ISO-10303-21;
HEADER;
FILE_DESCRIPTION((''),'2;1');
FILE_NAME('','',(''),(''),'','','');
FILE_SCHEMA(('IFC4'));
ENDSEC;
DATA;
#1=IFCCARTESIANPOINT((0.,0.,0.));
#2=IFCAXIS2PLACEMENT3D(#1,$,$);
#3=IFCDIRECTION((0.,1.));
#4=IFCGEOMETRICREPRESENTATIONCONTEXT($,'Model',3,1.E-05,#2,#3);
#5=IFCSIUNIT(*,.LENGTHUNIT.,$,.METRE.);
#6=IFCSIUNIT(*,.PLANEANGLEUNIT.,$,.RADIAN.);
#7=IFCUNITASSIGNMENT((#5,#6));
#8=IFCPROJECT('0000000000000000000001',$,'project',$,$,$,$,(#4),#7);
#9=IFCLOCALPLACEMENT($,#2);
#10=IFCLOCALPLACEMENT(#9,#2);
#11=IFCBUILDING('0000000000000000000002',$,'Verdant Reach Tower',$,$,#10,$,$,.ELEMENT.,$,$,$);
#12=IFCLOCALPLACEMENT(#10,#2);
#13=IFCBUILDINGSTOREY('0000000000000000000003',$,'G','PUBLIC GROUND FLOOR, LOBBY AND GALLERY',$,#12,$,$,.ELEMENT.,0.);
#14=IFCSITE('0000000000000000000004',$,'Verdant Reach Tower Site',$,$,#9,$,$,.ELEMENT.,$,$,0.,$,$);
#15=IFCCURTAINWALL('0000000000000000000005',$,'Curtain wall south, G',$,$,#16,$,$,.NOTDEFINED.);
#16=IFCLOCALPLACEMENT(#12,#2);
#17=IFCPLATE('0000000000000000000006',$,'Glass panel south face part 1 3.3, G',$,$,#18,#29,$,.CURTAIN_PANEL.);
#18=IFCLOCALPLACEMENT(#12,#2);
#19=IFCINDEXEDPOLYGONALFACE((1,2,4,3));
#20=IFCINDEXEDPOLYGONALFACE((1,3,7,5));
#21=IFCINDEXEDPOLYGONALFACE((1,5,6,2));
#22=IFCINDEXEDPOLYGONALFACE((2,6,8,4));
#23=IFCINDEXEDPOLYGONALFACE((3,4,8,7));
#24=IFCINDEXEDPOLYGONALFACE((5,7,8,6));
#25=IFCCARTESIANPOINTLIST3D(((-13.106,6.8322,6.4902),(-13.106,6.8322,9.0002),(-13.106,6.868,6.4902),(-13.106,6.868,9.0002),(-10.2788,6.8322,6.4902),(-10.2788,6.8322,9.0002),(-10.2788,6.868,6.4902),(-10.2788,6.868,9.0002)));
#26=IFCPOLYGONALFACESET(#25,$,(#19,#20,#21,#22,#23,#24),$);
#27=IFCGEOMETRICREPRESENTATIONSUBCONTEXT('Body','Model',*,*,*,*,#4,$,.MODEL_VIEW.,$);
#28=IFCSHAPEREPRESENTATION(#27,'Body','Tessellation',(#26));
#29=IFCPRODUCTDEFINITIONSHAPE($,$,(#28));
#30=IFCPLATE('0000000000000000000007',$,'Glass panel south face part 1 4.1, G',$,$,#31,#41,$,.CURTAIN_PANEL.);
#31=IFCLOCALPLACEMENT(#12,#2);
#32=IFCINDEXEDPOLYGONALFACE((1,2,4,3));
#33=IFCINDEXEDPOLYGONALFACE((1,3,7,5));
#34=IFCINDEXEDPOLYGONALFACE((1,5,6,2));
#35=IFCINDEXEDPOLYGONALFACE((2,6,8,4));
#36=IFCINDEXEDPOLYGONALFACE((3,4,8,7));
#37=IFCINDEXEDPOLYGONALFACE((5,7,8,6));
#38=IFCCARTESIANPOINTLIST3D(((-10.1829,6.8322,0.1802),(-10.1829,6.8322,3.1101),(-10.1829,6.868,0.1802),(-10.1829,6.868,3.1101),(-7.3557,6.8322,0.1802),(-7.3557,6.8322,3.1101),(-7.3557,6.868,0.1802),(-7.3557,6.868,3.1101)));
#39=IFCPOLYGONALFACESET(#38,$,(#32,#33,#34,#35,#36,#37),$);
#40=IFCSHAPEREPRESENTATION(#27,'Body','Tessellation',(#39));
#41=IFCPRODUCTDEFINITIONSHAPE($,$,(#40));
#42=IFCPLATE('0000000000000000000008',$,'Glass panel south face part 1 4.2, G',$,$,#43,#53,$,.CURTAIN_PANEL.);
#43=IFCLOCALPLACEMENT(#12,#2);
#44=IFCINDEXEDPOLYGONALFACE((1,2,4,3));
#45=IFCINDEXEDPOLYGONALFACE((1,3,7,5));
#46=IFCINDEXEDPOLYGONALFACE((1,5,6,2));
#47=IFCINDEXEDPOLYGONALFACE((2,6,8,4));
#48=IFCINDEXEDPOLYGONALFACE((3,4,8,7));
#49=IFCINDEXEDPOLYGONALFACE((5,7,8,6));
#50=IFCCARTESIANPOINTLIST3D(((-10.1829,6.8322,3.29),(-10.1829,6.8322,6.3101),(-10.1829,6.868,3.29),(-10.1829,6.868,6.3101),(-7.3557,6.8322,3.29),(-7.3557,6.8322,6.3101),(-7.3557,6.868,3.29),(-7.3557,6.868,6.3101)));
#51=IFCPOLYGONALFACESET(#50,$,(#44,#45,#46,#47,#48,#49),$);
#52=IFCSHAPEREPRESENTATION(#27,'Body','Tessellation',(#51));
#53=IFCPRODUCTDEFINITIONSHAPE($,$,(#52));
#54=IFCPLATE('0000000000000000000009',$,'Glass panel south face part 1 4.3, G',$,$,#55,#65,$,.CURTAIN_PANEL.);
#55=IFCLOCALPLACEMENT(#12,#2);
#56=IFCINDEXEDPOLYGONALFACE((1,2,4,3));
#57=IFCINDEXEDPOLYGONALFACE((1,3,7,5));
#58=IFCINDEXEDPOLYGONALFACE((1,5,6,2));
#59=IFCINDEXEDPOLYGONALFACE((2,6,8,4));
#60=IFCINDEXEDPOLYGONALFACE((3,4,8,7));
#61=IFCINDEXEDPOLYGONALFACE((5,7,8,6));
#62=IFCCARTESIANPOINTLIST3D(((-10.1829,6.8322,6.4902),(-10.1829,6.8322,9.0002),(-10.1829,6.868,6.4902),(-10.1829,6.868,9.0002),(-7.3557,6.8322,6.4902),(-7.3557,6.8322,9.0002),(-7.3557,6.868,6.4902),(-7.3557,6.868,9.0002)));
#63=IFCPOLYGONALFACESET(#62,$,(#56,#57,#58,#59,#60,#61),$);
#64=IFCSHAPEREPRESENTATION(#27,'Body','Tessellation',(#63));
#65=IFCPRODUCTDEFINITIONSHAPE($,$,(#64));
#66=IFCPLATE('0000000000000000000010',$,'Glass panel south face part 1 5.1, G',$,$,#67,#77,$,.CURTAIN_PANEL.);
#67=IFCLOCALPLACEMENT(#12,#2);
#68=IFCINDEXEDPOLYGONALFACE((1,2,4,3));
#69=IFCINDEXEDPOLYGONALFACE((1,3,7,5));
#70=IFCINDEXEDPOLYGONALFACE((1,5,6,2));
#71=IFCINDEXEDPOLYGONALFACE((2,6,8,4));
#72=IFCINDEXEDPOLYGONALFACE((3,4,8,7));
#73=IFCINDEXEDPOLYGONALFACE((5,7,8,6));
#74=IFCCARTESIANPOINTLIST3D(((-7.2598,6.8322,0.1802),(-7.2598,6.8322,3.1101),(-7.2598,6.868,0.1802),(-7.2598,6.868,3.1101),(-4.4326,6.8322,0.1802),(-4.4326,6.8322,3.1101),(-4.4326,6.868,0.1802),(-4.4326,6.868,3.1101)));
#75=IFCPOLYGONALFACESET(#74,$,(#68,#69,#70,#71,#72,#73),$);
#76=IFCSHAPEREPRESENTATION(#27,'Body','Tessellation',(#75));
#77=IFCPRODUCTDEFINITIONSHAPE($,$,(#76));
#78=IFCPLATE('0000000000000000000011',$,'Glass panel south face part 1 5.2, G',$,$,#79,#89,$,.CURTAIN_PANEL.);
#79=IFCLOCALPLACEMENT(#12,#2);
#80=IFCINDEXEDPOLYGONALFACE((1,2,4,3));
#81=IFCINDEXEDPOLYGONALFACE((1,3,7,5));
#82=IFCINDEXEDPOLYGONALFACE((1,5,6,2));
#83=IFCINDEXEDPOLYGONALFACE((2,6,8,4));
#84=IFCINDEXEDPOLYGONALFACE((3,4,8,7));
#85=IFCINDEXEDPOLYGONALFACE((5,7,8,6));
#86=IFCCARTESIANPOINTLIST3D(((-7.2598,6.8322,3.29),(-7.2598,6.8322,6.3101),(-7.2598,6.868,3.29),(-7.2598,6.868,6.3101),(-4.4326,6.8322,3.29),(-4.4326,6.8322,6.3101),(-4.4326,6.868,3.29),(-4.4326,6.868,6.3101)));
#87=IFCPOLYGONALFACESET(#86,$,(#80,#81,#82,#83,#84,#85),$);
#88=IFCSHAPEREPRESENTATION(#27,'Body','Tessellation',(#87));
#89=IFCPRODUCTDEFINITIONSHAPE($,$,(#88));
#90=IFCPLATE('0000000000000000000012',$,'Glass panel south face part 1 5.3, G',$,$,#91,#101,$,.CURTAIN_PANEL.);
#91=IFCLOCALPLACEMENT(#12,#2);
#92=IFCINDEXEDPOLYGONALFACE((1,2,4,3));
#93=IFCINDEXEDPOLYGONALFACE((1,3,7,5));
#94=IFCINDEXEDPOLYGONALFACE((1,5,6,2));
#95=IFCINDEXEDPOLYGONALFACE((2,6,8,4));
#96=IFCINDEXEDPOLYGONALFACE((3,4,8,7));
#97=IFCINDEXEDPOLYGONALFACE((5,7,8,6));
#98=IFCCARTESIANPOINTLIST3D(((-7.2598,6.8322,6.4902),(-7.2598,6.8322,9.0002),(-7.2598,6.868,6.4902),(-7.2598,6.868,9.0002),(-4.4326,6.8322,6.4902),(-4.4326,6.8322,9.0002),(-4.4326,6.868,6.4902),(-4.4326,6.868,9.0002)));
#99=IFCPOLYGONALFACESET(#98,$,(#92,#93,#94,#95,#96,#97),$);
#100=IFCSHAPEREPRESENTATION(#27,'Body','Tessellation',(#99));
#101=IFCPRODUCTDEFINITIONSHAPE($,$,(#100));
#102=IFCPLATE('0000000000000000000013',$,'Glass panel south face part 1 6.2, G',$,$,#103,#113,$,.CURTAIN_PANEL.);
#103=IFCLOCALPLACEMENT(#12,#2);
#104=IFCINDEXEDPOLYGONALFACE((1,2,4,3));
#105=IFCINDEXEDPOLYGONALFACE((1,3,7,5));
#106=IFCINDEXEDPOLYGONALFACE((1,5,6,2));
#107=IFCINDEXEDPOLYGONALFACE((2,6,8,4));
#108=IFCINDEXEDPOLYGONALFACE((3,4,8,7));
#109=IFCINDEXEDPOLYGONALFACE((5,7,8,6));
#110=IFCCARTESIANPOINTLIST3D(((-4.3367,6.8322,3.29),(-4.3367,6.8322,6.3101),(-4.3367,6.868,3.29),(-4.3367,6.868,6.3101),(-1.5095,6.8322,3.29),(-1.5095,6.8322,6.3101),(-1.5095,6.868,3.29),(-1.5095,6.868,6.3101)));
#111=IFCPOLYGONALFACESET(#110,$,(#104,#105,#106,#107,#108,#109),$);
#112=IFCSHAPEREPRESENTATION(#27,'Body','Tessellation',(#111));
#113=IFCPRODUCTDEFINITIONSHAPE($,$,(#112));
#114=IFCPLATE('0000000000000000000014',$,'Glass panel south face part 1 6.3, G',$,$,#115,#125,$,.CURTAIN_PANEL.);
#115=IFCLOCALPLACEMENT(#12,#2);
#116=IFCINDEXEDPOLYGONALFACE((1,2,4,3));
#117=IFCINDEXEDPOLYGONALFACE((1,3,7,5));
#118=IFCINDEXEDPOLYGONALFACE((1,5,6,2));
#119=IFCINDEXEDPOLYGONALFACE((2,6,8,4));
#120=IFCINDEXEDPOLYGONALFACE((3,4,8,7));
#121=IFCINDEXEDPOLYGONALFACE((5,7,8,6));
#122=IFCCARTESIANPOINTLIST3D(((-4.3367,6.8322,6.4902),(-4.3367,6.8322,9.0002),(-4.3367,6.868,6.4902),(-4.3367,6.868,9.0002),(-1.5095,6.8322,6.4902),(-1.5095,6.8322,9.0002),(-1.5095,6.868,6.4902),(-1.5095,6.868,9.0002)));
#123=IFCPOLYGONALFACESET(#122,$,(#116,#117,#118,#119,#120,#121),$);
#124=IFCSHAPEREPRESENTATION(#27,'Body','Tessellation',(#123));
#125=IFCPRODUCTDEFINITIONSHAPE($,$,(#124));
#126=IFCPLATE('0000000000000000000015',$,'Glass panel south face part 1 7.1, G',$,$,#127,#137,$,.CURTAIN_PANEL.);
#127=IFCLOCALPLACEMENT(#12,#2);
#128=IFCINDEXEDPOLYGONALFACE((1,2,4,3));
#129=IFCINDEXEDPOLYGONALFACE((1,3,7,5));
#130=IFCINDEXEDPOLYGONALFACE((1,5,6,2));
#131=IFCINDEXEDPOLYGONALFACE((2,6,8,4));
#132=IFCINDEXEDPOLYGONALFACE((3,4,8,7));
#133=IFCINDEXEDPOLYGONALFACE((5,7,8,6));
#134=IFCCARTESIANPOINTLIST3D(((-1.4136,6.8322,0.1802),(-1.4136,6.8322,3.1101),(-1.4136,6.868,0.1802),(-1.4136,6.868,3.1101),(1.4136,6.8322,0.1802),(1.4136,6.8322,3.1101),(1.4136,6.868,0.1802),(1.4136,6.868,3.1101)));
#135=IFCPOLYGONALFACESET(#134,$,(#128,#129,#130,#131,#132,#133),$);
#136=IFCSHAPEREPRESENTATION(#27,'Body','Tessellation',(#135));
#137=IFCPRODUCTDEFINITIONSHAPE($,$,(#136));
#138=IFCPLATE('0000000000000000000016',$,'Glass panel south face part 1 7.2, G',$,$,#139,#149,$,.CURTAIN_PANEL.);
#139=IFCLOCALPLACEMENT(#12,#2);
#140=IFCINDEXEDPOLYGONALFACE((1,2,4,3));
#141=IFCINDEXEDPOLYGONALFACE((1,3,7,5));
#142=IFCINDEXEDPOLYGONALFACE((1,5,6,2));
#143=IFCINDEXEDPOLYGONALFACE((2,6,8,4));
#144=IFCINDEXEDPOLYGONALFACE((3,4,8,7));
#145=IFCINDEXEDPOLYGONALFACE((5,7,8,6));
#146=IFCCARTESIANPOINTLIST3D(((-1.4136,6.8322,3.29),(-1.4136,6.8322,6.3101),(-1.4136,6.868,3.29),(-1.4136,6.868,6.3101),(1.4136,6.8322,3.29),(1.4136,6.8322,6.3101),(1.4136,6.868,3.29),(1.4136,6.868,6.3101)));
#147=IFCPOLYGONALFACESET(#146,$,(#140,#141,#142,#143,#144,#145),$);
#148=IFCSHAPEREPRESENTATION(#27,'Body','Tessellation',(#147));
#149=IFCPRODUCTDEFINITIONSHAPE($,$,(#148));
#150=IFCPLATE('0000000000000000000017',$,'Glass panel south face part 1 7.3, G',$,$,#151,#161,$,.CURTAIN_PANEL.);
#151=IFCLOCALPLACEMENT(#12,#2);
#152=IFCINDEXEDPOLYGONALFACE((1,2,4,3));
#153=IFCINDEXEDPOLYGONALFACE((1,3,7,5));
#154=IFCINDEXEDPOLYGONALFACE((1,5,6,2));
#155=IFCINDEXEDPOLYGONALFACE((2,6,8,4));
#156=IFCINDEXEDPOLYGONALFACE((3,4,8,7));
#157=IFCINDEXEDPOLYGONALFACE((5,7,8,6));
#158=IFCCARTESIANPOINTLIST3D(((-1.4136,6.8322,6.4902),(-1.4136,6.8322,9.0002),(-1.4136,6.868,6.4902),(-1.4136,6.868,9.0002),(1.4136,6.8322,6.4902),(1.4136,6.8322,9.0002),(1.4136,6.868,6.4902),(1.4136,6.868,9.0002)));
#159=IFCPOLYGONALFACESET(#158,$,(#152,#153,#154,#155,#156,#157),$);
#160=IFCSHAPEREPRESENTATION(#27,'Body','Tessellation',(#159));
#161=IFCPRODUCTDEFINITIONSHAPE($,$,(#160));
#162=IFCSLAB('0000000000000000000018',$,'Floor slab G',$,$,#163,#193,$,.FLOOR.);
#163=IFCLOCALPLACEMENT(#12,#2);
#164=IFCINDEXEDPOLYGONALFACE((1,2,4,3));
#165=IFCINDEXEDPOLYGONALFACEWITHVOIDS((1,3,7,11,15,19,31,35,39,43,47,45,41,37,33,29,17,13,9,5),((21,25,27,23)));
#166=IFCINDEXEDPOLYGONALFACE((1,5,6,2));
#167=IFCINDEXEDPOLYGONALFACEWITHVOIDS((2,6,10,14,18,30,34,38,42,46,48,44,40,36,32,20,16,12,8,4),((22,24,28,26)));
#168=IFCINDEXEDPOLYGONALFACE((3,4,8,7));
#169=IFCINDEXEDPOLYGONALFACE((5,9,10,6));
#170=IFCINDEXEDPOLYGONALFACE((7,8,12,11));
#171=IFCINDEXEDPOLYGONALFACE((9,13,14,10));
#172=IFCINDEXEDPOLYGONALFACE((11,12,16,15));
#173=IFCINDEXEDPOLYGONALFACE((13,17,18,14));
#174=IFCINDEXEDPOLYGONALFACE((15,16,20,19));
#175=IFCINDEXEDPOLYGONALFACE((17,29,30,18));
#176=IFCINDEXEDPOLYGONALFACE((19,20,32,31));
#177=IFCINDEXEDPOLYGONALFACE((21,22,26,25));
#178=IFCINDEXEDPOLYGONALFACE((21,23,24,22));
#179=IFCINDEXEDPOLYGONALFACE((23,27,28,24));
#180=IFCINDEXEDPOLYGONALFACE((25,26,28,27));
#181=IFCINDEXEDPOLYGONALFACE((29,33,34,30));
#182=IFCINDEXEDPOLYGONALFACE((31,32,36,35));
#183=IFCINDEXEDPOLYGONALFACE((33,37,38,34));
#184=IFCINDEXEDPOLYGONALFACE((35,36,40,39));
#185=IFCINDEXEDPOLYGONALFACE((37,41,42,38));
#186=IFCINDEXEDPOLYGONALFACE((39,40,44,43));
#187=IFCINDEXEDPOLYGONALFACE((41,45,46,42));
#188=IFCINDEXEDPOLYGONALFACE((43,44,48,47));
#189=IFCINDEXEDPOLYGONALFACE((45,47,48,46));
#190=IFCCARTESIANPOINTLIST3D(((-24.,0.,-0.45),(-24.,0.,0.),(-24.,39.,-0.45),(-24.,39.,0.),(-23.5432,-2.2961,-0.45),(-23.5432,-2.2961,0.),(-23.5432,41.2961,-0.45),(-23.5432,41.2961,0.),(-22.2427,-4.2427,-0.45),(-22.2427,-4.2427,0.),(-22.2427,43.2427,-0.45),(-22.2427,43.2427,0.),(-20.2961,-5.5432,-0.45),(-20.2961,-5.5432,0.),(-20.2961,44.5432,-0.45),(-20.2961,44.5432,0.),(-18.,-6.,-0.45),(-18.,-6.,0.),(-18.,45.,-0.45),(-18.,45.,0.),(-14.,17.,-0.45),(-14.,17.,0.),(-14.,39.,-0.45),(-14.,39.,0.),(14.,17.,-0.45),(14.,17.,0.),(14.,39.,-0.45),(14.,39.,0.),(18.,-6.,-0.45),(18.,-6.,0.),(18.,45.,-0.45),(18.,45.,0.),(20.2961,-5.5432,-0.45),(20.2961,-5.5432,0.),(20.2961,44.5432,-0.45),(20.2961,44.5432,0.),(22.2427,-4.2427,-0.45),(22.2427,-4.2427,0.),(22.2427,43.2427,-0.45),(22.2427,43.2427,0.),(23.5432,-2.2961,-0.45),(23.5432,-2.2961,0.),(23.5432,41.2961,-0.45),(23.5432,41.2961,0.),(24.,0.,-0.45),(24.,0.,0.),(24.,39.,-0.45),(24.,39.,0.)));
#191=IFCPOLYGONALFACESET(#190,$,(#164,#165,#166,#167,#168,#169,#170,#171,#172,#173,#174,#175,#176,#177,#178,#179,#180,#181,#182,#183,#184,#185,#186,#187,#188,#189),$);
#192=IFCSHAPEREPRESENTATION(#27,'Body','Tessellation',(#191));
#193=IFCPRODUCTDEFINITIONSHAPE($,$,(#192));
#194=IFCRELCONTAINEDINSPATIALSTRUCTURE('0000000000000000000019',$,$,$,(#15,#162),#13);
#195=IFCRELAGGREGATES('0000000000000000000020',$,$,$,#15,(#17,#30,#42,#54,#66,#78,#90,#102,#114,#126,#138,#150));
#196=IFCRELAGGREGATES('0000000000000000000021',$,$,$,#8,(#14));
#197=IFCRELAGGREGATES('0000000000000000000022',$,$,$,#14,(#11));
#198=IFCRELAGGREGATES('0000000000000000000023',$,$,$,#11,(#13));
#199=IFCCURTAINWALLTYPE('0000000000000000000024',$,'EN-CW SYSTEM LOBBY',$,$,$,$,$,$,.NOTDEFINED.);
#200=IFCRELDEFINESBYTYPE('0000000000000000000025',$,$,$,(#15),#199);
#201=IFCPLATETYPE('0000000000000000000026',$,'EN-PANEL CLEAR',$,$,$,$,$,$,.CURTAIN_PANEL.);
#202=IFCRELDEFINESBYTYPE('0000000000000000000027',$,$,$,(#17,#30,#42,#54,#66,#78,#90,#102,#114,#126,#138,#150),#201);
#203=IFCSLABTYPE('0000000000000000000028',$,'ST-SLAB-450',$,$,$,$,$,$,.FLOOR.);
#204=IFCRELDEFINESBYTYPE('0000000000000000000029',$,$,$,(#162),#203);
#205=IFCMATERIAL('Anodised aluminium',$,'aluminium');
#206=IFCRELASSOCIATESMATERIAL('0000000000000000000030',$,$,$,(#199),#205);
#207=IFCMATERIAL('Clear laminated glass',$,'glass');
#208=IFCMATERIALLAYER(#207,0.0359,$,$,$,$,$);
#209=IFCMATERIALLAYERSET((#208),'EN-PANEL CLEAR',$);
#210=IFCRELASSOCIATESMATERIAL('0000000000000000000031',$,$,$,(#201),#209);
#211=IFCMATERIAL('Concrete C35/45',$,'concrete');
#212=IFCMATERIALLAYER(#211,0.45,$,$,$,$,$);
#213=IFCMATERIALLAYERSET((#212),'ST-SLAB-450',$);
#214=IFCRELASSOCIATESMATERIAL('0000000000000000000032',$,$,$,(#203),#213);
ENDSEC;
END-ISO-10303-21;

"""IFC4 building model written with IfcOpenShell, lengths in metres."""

from ifc_helpers import new_model, si_unit, direction, frame, origin, origin_2d, place, context, subcontext, project, spatial, polyline, rectangle, outline, extrude, material, layer, layer_set, type_object, element, aggregate, save


model = new_model("IFC4")

# Units and contexts
model_context = context("Model", 3, precision=1e-05, world=origin(), true_north=direction((0.0, 1.0)))
body_context = subcontext(model_context, "Body", "Model", "MODEL_VIEW")
ifc_project = project(units=[si_unit("LENGTHUNIT", "METRE"), si_unit("PLANEANGLEUNIT", "RADIAN")], contexts=[model_context])

# Site, building, storey
site_placement = place(None, origin())
site = spatial("IfcSite", under=ifc_project, at=site_placement, Name="Verdant Reach Tower Site", CompositionType="ELEMENT", RefElevation=0.0)
building_placement = place(site_placement, origin())
building = spatial("IfcBuilding", under=site, at=building_placement, Name="Verdant Reach Tower", CompositionType="ELEMENT")
storey_placement = place(building_placement, origin())
storey = spatial("IfcBuildingStorey", under=building, at=storey_placement, Name="G", Description="PUBLIC GROUND FLOOR, LOBBY AND GALLERY", CompositionType="ELEMENT", Elevation=0.0)

# Curtain wall
ifc_material_1 = material(Name="Anodised aluminium", Category="aluminium")
curtain_wall_type = type_object("IfcCurtainWallType", Name="EN-CW SYSTEM LOBBY", PredefinedType="NOTDEFINED", material=ifc_material_1)
curtain_wall_placement = place(storey_placement, origin())
curtain_wall = element("IfcCurtainWall", 1, at=curtain_wall_placement, inside=storey, type_object=curtain_wall_type, Name="Curtain wall south, G", PredefinedType="NOTDEFINED")

# Plates
ifc_material_2 = material(Name="Clear laminated glass", Category="glass")
ifc_layer_1 = layer(ifc_material_2, 0.0359)
ifc_layer_set_1 = layer_set([ifc_layer_1], Name="EN-PANEL CLEAR")
plate_type = type_object("IfcPlateType", Name="EN-PANEL CLEAR", PredefinedType="CURTAIN_PANEL", material=ifc_layer_set_1)
plate_1_placement = place(storey_placement, frame((-11.6924, 6.8501, 6.4902), z_axis=(0.0, 0.0, 1.0), x_axis=(1.0, 0.0, 0.0)))
plate_1 = element("IfcPlate", 2, at=plate_1_placement, type_object=plate_type, Name="Glass panel south face part 1 3.3, G", PredefinedType="CURTAIN_PANEL", context=body_context, shape_type="SweptSolid", body=[
    extrude(rectangle(XDim=2.8271, YDim=0.0359, at=origin_2d()), origin(), (0.0, 0.0, 1.0), 2.51),
])
plate_2_placement = place(storey_placement, frame((-8.7693, 6.8501, 0.1802), z_axis=(0.0, 0.0, 1.0), x_axis=(1.0, 0.0, 0.0)))
plate_2 = element("IfcPlate", 3, at=plate_2_placement, type_object=plate_type, Name="Glass panel south face part 1 4.1, G", PredefinedType="CURTAIN_PANEL", context=body_context, shape_type="SweptSolid", body=[
    extrude(rectangle(XDim=2.8271, YDim=0.0359, at=origin_2d()), origin(), (0.0, 0.0, 1.0), 2.9299),
])
plate_3_placement = place(storey_placement, frame((-8.7693, 6.8501, 3.29), z_axis=(0.0, 0.0, 1.0), x_axis=(1.0, 0.0, 0.0)))
plate_3 = element("IfcPlate", 4, at=plate_3_placement, type_object=plate_type, Name="Glass panel south face part 1 4.2, G", PredefinedType="CURTAIN_PANEL", context=body_context, shape_type="SweptSolid", body=[
    extrude(rectangle(XDim=2.8271, YDim=0.0359, at=origin_2d()), origin(), (0.0, 0.0, 1.0), 3.02),
])
plate_4_placement = place(storey_placement, frame((-8.7693, 6.8501, 6.4902), z_axis=(0.0, 0.0, 1.0), x_axis=(1.0, 0.0, 0.0)))
plate_4 = element("IfcPlate", 5, at=plate_4_placement, type_object=plate_type, Name="Glass panel south face part 1 4.3, G", PredefinedType="CURTAIN_PANEL", context=body_context, shape_type="SweptSolid", body=[
    extrude(rectangle(XDim=2.8271, YDim=0.0359, at=origin_2d()), origin(), (0.0, 0.0, 1.0), 2.51),
])
plate_5_placement = place(storey_placement, frame((-5.8462, 6.8501, 0.1802), z_axis=(0.0, 0.0, 1.0), x_axis=(1.0, 0.0, 0.0)))
plate_5 = element("IfcPlate", 6, at=plate_5_placement, type_object=plate_type, Name="Glass panel south face part 1 5.1, G", PredefinedType="CURTAIN_PANEL", context=body_context, shape_type="SweptSolid", body=[
    extrude(rectangle(XDim=2.8271, YDim=0.0359, at=origin_2d()), origin(), (0.0, 0.0, 1.0), 2.9299),
])
plate_6_placement = place(storey_placement, frame((-5.8462, 6.8501, 3.29), z_axis=(0.0, 0.0, 1.0), x_axis=(1.0, 0.0, 0.0)))
plate_6 = element("IfcPlate", 7, at=plate_6_placement, type_object=plate_type, Name="Glass panel south face part 1 5.2, G", PredefinedType="CURTAIN_PANEL", context=body_context, shape_type="SweptSolid", body=[
    extrude(rectangle(XDim=2.8271, YDim=0.0359, at=origin_2d()), origin(), (0.0, 0.0, 1.0), 3.02),
])
plate_7_placement = place(storey_placement, frame((-5.8462, 6.8501, 6.4902), z_axis=(0.0, 0.0, 1.0), x_axis=(1.0, 0.0, 0.0)))
plate_7 = element("IfcPlate", 8, at=plate_7_placement, type_object=plate_type, Name="Glass panel south face part 1 5.3, G", PredefinedType="CURTAIN_PANEL", context=body_context, shape_type="SweptSolid", body=[
    extrude(rectangle(XDim=2.8271, YDim=0.0359, at=origin_2d()), origin(), (0.0, 0.0, 1.0), 2.51),
])
plate_8_placement = place(storey_placement, frame((-2.9231, 6.8501, 3.29), z_axis=(0.0, 0.0, 1.0), x_axis=(1.0, 0.0, 0.0)))
plate_8 = element("IfcPlate", 9, at=plate_8_placement, type_object=plate_type, Name="Glass panel south face part 1 6.2, G", PredefinedType="CURTAIN_PANEL", context=body_context, shape_type="SweptSolid", body=[
    extrude(rectangle(XDim=2.8271, YDim=0.0359, at=origin_2d()), origin(), (0.0, 0.0, 1.0), 3.02),
])
plate_9_placement = place(storey_placement, frame((-2.9231, 6.8501, 6.4902), z_axis=(0.0, 0.0, 1.0), x_axis=(1.0, 0.0, 0.0)))
plate_9 = element("IfcPlate", 10, at=plate_9_placement, type_object=plate_type, Name="Glass panel south face part 1 6.3, G", PredefinedType="CURTAIN_PANEL", context=body_context, shape_type="SweptSolid", body=[
    extrude(rectangle(XDim=2.8271, YDim=0.0359, at=origin_2d()), origin(), (0.0, 0.0, 1.0), 2.51),
])
plate_10_placement = place(storey_placement, frame((0.0, 6.8501, 0.1802), z_axis=(0.0, 0.0, 1.0), x_axis=(1.0, 0.0, 0.0)))
plate_10 = element("IfcPlate", 11, at=plate_10_placement, type_object=plate_type, Name="Glass panel south face part 1 7.1, G", PredefinedType="CURTAIN_PANEL", context=body_context, shape_type="SweptSolid", body=[
    extrude(rectangle(XDim=2.8271, YDim=0.0359, at=origin_2d()), origin(), (0.0, 0.0, 1.0), 2.9299),
])
plate_11_placement = place(storey_placement, frame((0.0, 6.8501, 3.29), z_axis=(0.0, 0.0, 1.0), x_axis=(1.0, 0.0, 0.0)))
plate_11 = element("IfcPlate", 12, at=plate_11_placement, type_object=plate_type, Name="Glass panel south face part 1 7.2, G", PredefinedType="CURTAIN_PANEL", context=body_context, shape_type="SweptSolid", body=[
    extrude(rectangle(XDim=2.8271, YDim=0.0359, at=origin_2d()), origin(), (0.0, 0.0, 1.0), 3.02),
])
plate_12_placement = place(storey_placement, frame((0.0, 6.8501, 6.4902), z_axis=(0.0, 0.0, 1.0), x_axis=(1.0, 0.0, 0.0)))
plate_12 = element("IfcPlate", 13, at=plate_12_placement, type_object=plate_type, Name="Glass panel south face part 1 7.3, G", PredefinedType="CURTAIN_PANEL", context=body_context, shape_type="SweptSolid", body=[
    extrude(rectangle(XDim=2.8271, YDim=0.0359, at=origin_2d()), origin(), (0.0, 0.0, 1.0), 2.51),
])
aggregate(curtain_wall, [plate_1, plate_2, plate_3, plate_4, plate_5, plate_6, plate_7, plate_8, plate_9, plate_10, plate_11, plate_12])

# Slab
ifc_material_3 = material(Name="Concrete C35/45", Category="concrete")
ifc_layer_2 = layer(ifc_material_3, 0.45)
ifc_layer_set_2 = layer_set([ifc_layer_2], Name="ST-SLAB-450")
slab_type = type_object("IfcSlabType", Name="ST-SLAB-450", PredefinedType="FLOOR", material=ifc_layer_set_2)
slab_1_placement = place(storey_placement, frame((0.0, 0.0, -0.45)))
element("IfcSlab", 14, at=slab_1_placement, inside=storey, type_object=slab_type, Name="Floor slab G", PredefinedType="FLOOR", context=body_context, shape_type="SweptSolid", body=[
    extrude(outline(polyline([(-18.0, -6.0), (-20.2961, -5.5432), (-22.2427, -4.2427), (-23.5432, -2.2961), (-24.0, 0.0), (-24.0, 39.0), (-23.5432, 41.2961), (-22.2427, 43.2427), (-20.2961, 44.5432), (-18.0, 45.0), (18.0, 45.0), (20.2961, 44.5432), (22.2427, 43.2427), (23.5432, 41.2961), (24.0, 39.0), (24.0, 0.0), (23.5432, -2.2961), (22.2427, -4.2427), (20.2961, -5.5432), (18.0, -6.0), (-18.0, -6.0)]), holes=[polyline([(14.0, 39.0), (-14.0, 39.0), (-14.0, 17.0), (14.0, 17.0), (14.0, 39.0)])]), origin(), (0.0, 0.0, 1.0), 0.45),
])

save(model, "model.ifc")
